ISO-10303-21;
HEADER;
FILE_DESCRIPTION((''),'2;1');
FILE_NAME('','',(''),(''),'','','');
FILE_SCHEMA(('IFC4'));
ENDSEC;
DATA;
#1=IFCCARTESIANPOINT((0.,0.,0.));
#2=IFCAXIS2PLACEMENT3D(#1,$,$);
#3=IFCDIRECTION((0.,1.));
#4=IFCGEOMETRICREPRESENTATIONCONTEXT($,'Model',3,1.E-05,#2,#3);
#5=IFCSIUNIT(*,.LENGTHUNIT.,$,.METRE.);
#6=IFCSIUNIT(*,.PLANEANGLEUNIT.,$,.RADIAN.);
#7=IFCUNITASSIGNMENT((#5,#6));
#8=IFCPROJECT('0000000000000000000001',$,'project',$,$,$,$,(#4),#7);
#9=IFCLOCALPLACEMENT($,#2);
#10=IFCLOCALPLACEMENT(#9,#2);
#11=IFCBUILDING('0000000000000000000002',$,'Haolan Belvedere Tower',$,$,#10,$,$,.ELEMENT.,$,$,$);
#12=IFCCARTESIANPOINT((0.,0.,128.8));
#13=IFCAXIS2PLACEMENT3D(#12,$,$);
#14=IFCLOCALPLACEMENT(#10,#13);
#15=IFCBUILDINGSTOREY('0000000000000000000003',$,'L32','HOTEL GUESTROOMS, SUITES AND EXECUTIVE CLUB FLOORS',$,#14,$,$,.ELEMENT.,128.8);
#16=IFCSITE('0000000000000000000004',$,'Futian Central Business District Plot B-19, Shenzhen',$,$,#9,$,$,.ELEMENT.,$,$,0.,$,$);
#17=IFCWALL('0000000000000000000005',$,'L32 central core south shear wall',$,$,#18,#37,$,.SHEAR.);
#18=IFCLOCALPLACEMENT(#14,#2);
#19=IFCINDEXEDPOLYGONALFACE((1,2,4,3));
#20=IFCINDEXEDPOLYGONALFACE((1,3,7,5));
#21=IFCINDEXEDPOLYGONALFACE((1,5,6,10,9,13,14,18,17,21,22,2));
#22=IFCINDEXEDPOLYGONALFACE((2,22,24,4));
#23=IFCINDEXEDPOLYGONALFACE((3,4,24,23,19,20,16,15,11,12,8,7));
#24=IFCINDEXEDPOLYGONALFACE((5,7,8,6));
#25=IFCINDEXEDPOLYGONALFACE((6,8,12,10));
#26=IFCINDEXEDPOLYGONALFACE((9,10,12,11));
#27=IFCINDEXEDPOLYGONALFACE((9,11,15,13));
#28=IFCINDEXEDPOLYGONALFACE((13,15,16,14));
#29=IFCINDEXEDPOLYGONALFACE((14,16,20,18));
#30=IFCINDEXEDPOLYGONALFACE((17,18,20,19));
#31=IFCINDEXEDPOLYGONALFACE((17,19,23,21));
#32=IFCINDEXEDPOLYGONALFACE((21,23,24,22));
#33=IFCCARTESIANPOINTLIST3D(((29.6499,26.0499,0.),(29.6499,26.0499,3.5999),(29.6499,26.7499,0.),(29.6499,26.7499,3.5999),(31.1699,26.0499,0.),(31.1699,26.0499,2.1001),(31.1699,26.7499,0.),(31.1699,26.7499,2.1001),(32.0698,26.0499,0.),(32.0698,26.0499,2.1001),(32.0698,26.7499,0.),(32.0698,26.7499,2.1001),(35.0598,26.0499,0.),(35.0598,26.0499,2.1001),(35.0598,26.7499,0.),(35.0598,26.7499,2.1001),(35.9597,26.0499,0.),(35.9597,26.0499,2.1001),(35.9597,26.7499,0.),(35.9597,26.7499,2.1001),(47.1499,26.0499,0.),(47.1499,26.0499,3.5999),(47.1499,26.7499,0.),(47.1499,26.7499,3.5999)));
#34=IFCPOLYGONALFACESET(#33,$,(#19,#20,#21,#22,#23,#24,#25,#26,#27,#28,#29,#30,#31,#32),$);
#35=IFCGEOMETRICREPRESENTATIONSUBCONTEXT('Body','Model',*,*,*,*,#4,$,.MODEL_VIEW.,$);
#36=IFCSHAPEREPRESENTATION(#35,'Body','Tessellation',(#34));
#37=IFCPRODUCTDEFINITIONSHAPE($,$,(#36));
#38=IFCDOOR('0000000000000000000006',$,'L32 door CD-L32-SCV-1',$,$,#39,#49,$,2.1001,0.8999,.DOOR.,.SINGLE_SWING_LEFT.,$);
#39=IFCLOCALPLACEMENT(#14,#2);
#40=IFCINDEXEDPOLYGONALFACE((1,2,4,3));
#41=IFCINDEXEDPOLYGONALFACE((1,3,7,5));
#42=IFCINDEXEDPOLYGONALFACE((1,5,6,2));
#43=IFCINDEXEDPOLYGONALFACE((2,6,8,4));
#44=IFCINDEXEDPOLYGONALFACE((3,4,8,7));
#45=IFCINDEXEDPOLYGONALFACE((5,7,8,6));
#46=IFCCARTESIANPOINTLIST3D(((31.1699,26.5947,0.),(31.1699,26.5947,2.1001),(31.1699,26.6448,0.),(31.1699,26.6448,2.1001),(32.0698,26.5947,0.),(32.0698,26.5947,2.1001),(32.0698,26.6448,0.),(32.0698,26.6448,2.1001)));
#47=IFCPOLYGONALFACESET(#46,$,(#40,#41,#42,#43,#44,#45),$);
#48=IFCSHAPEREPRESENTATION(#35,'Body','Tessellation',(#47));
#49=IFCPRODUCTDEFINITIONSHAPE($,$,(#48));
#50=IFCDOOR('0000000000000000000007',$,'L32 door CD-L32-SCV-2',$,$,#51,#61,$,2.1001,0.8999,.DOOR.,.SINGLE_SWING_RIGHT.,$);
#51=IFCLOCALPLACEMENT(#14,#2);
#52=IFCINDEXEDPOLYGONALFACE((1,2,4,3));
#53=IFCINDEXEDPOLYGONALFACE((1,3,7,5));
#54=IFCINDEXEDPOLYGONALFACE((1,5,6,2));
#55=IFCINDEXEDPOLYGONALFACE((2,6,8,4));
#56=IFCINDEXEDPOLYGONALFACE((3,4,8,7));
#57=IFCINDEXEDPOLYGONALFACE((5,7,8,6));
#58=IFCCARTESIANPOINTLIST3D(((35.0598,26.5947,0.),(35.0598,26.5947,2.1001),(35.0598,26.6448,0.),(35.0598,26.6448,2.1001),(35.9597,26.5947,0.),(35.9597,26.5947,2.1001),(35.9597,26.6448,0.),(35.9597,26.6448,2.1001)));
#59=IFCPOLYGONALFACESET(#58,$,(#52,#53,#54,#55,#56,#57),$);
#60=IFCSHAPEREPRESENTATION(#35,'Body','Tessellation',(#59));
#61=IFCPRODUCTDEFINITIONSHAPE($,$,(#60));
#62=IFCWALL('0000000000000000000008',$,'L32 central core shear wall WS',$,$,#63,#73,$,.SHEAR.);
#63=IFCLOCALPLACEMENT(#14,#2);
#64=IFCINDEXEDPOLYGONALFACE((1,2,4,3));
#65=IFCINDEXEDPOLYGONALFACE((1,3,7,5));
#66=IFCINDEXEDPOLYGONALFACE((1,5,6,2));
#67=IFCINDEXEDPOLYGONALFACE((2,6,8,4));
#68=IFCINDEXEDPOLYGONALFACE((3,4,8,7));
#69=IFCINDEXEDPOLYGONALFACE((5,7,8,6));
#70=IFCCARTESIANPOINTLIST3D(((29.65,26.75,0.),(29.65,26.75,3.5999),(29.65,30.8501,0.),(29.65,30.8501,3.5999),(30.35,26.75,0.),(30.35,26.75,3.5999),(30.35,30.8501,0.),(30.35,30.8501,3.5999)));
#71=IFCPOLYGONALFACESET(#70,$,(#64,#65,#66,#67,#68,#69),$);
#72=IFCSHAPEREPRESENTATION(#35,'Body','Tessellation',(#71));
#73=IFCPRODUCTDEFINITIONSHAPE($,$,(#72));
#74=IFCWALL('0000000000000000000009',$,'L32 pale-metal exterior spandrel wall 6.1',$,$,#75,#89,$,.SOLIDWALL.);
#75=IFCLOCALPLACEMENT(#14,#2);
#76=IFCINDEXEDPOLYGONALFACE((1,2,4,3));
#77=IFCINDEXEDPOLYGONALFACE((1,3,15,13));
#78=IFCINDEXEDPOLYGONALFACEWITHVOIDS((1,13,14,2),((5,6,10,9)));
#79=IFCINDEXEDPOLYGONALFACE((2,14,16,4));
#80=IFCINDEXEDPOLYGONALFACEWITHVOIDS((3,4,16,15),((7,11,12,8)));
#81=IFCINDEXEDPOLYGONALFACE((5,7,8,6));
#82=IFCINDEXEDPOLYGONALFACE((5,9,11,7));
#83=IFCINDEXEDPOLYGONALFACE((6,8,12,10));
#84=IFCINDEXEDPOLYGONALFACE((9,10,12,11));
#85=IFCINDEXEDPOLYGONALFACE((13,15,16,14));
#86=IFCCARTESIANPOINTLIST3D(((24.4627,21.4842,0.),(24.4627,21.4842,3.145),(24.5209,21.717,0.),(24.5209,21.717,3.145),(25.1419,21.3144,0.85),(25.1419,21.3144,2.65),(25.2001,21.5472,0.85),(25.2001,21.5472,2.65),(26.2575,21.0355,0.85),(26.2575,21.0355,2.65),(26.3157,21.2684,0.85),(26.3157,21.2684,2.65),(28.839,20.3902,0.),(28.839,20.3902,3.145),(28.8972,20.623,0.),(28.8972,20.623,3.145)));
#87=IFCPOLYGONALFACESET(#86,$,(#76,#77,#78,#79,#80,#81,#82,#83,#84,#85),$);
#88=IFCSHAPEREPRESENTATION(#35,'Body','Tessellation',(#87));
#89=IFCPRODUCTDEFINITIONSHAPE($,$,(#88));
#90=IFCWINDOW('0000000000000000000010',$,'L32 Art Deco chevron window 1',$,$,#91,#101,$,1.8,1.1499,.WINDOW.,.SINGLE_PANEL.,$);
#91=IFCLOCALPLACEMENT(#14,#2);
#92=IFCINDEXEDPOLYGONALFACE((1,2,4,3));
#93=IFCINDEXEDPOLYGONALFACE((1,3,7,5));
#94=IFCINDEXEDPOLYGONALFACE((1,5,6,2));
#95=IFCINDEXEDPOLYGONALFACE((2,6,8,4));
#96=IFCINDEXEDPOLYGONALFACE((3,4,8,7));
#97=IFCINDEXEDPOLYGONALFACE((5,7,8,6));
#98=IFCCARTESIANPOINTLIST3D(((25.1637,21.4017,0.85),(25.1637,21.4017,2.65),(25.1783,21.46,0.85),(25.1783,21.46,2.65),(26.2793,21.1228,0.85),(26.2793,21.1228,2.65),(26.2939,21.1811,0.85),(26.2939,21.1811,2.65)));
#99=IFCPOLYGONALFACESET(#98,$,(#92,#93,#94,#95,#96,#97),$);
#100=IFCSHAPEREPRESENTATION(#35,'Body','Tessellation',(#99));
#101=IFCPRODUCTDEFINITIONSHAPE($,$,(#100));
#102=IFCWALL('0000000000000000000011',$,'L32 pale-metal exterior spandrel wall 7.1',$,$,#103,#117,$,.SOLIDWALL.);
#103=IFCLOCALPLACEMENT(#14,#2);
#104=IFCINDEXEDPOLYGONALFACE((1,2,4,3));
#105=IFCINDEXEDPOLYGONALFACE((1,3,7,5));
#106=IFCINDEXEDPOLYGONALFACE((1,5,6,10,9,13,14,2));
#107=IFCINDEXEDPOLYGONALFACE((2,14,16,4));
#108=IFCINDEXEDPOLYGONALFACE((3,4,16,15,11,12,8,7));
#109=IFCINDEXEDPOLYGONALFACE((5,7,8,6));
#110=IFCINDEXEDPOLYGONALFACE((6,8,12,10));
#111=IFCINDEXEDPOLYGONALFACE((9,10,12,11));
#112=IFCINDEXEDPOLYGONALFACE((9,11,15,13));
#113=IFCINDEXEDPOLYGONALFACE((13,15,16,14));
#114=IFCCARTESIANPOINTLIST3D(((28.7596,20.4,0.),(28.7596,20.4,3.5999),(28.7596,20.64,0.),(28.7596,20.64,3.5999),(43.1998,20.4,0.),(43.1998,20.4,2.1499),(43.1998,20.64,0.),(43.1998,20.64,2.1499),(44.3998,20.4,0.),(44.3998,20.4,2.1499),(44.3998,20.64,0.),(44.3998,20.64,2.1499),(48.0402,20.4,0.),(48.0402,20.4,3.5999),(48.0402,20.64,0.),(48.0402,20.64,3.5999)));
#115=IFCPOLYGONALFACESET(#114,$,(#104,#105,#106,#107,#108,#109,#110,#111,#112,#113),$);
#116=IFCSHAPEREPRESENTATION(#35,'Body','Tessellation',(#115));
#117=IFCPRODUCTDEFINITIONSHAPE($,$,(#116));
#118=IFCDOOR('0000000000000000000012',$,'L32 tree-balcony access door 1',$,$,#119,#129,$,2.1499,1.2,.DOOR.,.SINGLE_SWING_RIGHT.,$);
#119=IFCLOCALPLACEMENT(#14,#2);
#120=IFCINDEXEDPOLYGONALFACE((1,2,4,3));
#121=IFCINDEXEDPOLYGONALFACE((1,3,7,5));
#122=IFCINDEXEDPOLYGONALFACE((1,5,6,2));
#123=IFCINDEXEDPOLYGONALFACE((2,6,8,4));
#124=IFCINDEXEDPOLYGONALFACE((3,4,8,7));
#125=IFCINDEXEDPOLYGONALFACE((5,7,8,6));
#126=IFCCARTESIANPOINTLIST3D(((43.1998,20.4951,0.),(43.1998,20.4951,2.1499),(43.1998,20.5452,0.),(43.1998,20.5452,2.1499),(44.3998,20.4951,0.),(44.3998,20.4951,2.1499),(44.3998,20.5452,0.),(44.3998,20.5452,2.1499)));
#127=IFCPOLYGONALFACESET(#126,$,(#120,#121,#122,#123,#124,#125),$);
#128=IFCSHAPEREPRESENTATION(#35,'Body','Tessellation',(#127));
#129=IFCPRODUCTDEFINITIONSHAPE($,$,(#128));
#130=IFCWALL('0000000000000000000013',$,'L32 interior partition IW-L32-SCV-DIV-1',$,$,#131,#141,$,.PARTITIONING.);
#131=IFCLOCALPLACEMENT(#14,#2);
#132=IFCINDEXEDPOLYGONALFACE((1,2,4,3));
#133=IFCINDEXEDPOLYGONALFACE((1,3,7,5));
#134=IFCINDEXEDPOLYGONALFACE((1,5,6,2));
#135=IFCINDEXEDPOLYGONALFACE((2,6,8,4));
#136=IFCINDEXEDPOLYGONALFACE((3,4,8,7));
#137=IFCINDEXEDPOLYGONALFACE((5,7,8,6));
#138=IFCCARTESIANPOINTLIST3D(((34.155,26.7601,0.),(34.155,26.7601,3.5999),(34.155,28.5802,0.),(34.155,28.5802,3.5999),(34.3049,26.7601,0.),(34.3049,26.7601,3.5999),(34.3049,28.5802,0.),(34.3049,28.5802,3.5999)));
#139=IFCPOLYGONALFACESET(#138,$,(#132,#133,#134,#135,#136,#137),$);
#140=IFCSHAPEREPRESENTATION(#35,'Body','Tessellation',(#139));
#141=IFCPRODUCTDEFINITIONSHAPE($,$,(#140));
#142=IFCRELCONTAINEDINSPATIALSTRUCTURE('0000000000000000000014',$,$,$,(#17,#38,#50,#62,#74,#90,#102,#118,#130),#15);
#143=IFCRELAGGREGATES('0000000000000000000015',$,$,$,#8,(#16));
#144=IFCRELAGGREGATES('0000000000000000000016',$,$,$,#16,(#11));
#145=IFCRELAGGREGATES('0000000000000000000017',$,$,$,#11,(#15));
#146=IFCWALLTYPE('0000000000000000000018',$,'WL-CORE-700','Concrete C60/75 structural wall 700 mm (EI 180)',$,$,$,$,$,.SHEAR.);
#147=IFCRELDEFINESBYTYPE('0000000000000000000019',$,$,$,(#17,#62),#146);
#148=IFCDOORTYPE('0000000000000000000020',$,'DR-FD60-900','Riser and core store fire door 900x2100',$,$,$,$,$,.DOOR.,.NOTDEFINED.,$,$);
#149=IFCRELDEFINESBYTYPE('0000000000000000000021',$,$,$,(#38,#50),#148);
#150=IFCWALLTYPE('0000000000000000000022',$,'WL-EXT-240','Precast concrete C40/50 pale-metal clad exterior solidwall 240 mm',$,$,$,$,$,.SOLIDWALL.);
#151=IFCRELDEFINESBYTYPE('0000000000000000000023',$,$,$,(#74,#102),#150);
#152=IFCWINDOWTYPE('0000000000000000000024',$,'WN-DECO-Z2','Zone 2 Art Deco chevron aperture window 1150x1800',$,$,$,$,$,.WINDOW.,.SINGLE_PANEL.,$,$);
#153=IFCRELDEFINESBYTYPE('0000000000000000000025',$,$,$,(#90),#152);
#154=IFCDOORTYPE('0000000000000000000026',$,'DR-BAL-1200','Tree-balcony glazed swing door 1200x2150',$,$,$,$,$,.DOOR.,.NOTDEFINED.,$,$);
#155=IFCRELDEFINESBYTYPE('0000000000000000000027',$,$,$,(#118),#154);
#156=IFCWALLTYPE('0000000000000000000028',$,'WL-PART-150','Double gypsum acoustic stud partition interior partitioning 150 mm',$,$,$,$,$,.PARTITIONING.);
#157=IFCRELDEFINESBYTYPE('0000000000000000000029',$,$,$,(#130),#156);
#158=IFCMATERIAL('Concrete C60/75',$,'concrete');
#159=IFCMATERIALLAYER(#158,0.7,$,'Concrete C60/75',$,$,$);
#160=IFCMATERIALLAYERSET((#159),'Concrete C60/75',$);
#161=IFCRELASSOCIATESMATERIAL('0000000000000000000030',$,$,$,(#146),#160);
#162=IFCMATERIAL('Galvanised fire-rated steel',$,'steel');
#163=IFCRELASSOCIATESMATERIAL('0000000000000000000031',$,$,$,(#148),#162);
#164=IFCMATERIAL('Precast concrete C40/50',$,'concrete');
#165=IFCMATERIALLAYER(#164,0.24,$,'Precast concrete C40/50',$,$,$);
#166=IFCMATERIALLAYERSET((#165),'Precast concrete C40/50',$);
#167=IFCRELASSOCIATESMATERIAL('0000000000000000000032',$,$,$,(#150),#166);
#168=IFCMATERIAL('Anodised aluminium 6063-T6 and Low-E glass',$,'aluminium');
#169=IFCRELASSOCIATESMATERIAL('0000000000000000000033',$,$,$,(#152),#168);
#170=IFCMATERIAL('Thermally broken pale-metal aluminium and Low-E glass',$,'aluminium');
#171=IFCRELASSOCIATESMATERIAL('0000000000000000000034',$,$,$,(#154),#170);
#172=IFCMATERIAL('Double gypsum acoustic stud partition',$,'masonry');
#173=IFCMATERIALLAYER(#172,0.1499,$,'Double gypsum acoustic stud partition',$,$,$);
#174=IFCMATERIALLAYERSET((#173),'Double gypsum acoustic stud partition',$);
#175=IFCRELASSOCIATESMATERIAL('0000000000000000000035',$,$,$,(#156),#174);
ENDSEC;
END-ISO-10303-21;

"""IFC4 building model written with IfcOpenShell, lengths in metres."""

from ifc_helpers import new_model, si_unit, direction, frame, frame_2d, origin, place, context, subcontext, project, spatial, rectangle, extrude, material, layer, layer_set, type_object, element, fill, save


model = new_model("IFC4")

# Units and contexts
model_context = context("Model", 3, precision=1e-05, world=origin(), true_north=direction((0.0, 1.0)))
body_context = subcontext(model_context, "Body", "Model", "MODEL_VIEW")
ifc_project = project(units=[si_unit("LENGTHUNIT", "METRE"), si_unit("PLANEANGLEUNIT", "RADIAN")], contexts=[model_context])

# Site, building, storey
site_placement = place(None, origin())
site = spatial("IfcSite", under=ifc_project, at=site_placement, Name="Futian Central Business District Plot B-19, Shenzhen", CompositionType="ELEMENT", RefElevation=0.0)
building_placement = place(site_placement, origin())
building = spatial("IfcBuilding", under=site, at=building_placement, Name="Haolan Belvedere Tower", CompositionType="ELEMENT")
storey_placement = place(building_placement, frame((0.0, 0.0, 128.8)))
storey = spatial("IfcBuildingStorey", under=building, at=storey_placement, Name="L32", Description="HOTEL GUESTROOMS, SUITES AND EXECUTIVE CLUB FLOORS", CompositionType="ELEMENT", Elevation=128.8)

# Wall, openings, doors
ifc_material_1 = material(Name="Concrete C60/75", Category="concrete")
ifc_layer_1 = layer(ifc_material_1, 0.7, Name="Concrete C60/75")
ifc_layer_set_1 = layer_set([ifc_layer_1], Name="Concrete C60/75")
wall_type_1 = type_object("IfcWallType", Name="WL-CORE-700", Description="Concrete C60/75 structural wall 700 mm (EI 180)", PredefinedType="SHEAR", material=ifc_layer_set_1)
wall_1_placement = place(storey_placement, frame((29.6499, 26.3999, 0.0), z_axis=(0.0, 0.0, 1.0), x_axis=(1.0, 0.0, 0.0)))
wall_1 = element("IfcWall", 1, at=wall_1_placement, inside=storey, type_object=wall_type_1, Name="L32 central core south shear wall", PredefinedType="SHEAR", context=body_context, shape_type="SweptSolid", body=[
    extrude(rectangle(XDim=17.5, YDim=0.7, at=frame_2d((8.75, 0.0))), origin(), (0.0, 0.0, 1.0), 3.5999),
])
opening_1_placement = place(wall_1_placement, frame((2.4199, 0.0, 0.0), z_axis=(0.0, 0.0, 1.0), x_axis=(-1.0, 0.0, 0.0)))
opening_1 = element("IfcOpeningElement", 2, at=opening_1_placement, cuts=wall_1, PredefinedType="OPENING", context=body_context, shape_type="SweptSolid", body=[
    extrude(rectangle(XDim=0.8999, YDim=2.1001, at=frame_2d((0.45, 1.05))), frame((0.0, 0.3599, 0.0), z_axis=(0.0, -1.0, 0.0), x_axis=(1.0, 0.0, 0.0)), (0.0, 0.0, 1.0), 0.72),
])
opening_2_placement = place(wall_1_placement, frame((6.3098, 0.0, 0.0), z_axis=(0.0, 0.0, 1.0), x_axis=(-1.0, 0.0, 0.0)))
opening_2 = element("IfcOpeningElement", 3, at=opening_2_placement, cuts=wall_1, PredefinedType="OPENING", context=body_context, shape_type="SweptSolid", body=[
    extrude(rectangle(XDim=0.8999, YDim=2.1001, at=frame_2d((0.45, 1.05))), frame((0.0, 0.3599, 0.0), z_axis=(0.0, -1.0, 0.0), x_axis=(1.0, 0.0, 0.0)), (0.0, 0.0, 1.0), 0.72),
])
ifc_material_2 = material(Name="Galvanised fire-rated steel", Category="steel")
door_type_1 = type_object("IfcDoorType", Name="DR-FD60-900", Description="Riser and core store fire door 900x2100", OperationType="NOTDEFINED", PredefinedType="DOOR", material=ifc_material_2)
door_1_placement = place(opening_1_placement, origin())
door_1 = element("IfcDoor", 4, at=door_1_placement, inside=storey, type_object=door_type_1, Name="L32 door CD-L32-SCV-1", OperationType="SINGLE_SWING_LEFT", OverallHeight=2.1001, OverallWidth=0.8999, PredefinedType="DOOR", context=body_context, shape_type="SweptSolid", body=[
    extrude(rectangle(XDim=0.8999, YDim=2.1001, at=frame_2d((0.45, 1.05))), frame((0.0, -0.1948, 0.0), z_axis=(0.0, -1.0, 0.0), x_axis=(1.0, 0.0, 0.0)), (0.0, 0.0, 1.0), 0.05),
])
fill(opening_1, door_1)
door_2_placement = place(opening_2_placement, origin())
door_2 = element("IfcDoor", 5, at=door_2_placement, inside=storey, type_object=door_type_1, Name="L32 door CD-L32-SCV-2", OperationType="SINGLE_SWING_RIGHT", OverallHeight=2.1001, OverallWidth=0.8999, PredefinedType="DOOR", context=body_context, shape_type="SweptSolid", body=[
    extrude(rectangle(XDim=0.8999, YDim=2.1001, at=frame_2d((0.45, 1.05))), frame((0.0, -0.1948, 0.0), z_axis=(0.0, -1.0, 0.0), x_axis=(1.0, 0.0, 0.0)), (0.0, 0.0, 1.0), 0.05),
])
fill(opening_2, door_2)

# Wall
wall_2_placement = place(storey_placement, frame((30.0, 26.75, 0.0), z_axis=(0.0, 0.0, 1.0), x_axis=(0.0, 1.0, 0.0)))
element("IfcWall", 6, at=wall_2_placement, inside=storey, type_object=wall_type_1, Name="L32 central core shear wall WS", PredefinedType="SHEAR", context=body_context, shape_type="SweptSolid", body=[
    extrude(rectangle(XDim=4.1001, YDim=0.7, at=frame_2d((2.05, 0.0))), origin(), (0.0, 0.0, 1.0), 3.5999),
])

# Wall, opening, window
ifc_material_3 = material(Name="Precast concrete C40/50", Category="concrete")
ifc_layer_2 = layer(ifc_material_3, 0.24, Name="Precast concrete C40/50")
ifc_layer_set_2 = layer_set([ifc_layer_2], Name="Precast concrete C40/50")
wall_type_2 = type_object("IfcWallType", Name="WL-EXT-240", Description="Precast concrete C40/50 pale-metal clad exterior solidwall 240 mm", PredefinedType="SOLIDWALL", material=ifc_layer_set_2)
wall_3_placement = place(storey_placement, frame((24.4919, 21.6006, 0.0), z_axis=(0.0, 0.0, 1.0), x_axis=(0.970146, -0.242523, 0.0)))
wall_3 = element("IfcWall", 7, at=wall_3_placement, inside=storey, type_object=wall_type_2, Name="L32 pale-metal exterior spandrel wall 6.1", PredefinedType="SOLIDWALL", context=body_context, shape_type="SweptSolid", body=[
    extrude(rectangle(XDim=4.511, YDim=0.24, at=frame_2d((2.2554, 0.0))), origin(), (0.0, 0.0, 1.0), 3.145),
])
opening_3_placement = place(wall_3_placement, frame((0.7, 0.0, 0.8501)))
opening_3 = element("IfcOpeningElement", 8, at=opening_3_placement, cuts=wall_3, PredefinedType="OPENING", context=body_context, shape_type="SweptSolid", body=[
    extrude(rectangle(XDim=1.1499, YDim=1.8, at=frame_2d((0.575, 0.8999))), frame((0.0, 0.1299, 0.0), z_axis=(0.0, -1.0, 0.0), x_axis=(1.0, 0.0, 0.0)), (0.0, 0.0, 1.0), 0.26),
])
ifc_material_4 = material(Name="Anodised aluminium 6063-T6 and Low-E glass", Category="aluminium")
window_type = type_object("IfcWindowType", Name="WN-DECO-Z2", Description="Zone 2 Art Deco chevron aperture window 1150x1800", PartitioningType="SINGLE_PANEL", PredefinedType="WINDOW", material=ifc_material_4)
window_placement = place(opening_3_placement, origin())
window = element("IfcWindow", 9, at=window_placement, inside=storey, type_object=window_type, Name="L32 Art Deco chevron window 1", OverallHeight=1.8, OverallWidth=1.1499, PartitioningType="SINGLE_PANEL", PredefinedType="WINDOW", context=body_context, shape_type="SweptSolid", body=[
    extrude(rectangle(XDim=1.1499, YDim=1.8, at=frame_2d((0.575, 0.8999))), frame((0.0, 0.03, 0.0), z_axis=(0.0, -1.0, 0.0), x_axis=(1.0, 0.0, 0.0)), (0.0, 0.0, 1.0), 0.0601),
])
fill(opening_3, window)

# Wall, opening, door
wall_4_placement = place(storey_placement, frame((28.7598, 20.52, 0.0), z_axis=(0.0, 0.0, 1.0), x_axis=(1.0, 0.0, 0.0)))
wall_4 = element("IfcWall", 10, at=wall_4_placement, inside=storey, type_object=wall_type_2, Name="L32 pale-metal exterior spandrel wall 7.1", PredefinedType="SOLIDWALL", context=body_context, shape_type="SweptSolid", body=[
    extrude(rectangle(XDim=19.2805, YDim=0.24, at=frame_2d((9.6401, 0.0))), origin(), (0.0, 0.0, 1.0), 3.5999),
])
opening_4_placement = place(wall_4_placement, frame((15.6401, 0.0, 0.0), z_axis=(0.0, 0.0, 1.0), x_axis=(-1.0, 0.0, 0.0)))
opening_4 = element("IfcOpeningElement", 11, at=opening_4_placement, cuts=wall_4, PredefinedType="OPENING", context=body_context, shape_type="SweptSolid", body=[
    extrude(rectangle(XDim=1.2, YDim=2.1499, at=frame_2d((0.6001, 1.075))), frame((0.0, 0.1299, 0.0), z_axis=(0.0, -1.0, 0.0), x_axis=(1.0, 0.0, 0.0)), (0.0, 0.0, 1.0), 0.26),
])
ifc_material_5 = material(Name="Thermally broken pale-metal aluminium and Low-E glass", Category="aluminium")
door_type_2 = type_object("IfcDoorType", Name="DR-BAL-1200", Description="Tree-balcony glazed swing door 1200x2150", OperationType="NOTDEFINED", PredefinedType="DOOR", material=ifc_material_5)
door_3_placement = place(opening_4_placement, origin())
door_3 = element("IfcDoor", 12, at=door_3_placement, inside=storey, type_object=door_type_2, Name="L32 tree-balcony access door 1", OperationType="SINGLE_SWING_RIGHT", OverallHeight=2.1499, OverallWidth=1.2, PredefinedType="DOOR", context=body_context, shape_type="SweptSolid", body=[
    extrude(rectangle(XDim=1.2, YDim=2.1499, at=frame_2d((0.6001, 1.075))), frame((0.0, 0.0249, 0.0), z_axis=(0.0, -1.0, 0.0), x_axis=(1.0, 0.0, 0.0)), (0.0, 0.0, 1.0), 0.05),
])
fill(opening_4, door_3)

# Wall
ifc_material_6 = material(Name="Double gypsum acoustic stud partition", Category="masonry")
ifc_layer_3 = layer(ifc_material_6, 0.1499, Name="Double gypsum acoustic stud partition")
ifc_layer_set_3 = layer_set([ifc_layer_3], Name="Double gypsum acoustic stud partition")
wall_type_3 = type_object("IfcWallType", Name="WL-PART-150", Description="Double gypsum acoustic stud partition interior partitioning 150 mm", PredefinedType="PARTITIONING", material=ifc_layer_set_3)
wall_5_placement = place(storey_placement, frame((34.23, 26.76, 0.0), z_axis=(0.0, 0.0, 1.0), x_axis=(0.0, 1.0, 0.0)))
element("IfcWall", 13, at=wall_5_placement, inside=storey, type_object=wall_type_3, Name="L32 interior partition IW-L32-SCV-DIV-1", PredefinedType="PARTITIONING", context=body_context, shape_type="SweptSolid", body=[
    extrude(rectangle(XDim=1.8201, YDim=0.1499, at=frame_2d((0.9102, 0.0))), origin(), (0.0, 0.0, 1.0), 3.5999),
])

save(model, "model.ifc")
